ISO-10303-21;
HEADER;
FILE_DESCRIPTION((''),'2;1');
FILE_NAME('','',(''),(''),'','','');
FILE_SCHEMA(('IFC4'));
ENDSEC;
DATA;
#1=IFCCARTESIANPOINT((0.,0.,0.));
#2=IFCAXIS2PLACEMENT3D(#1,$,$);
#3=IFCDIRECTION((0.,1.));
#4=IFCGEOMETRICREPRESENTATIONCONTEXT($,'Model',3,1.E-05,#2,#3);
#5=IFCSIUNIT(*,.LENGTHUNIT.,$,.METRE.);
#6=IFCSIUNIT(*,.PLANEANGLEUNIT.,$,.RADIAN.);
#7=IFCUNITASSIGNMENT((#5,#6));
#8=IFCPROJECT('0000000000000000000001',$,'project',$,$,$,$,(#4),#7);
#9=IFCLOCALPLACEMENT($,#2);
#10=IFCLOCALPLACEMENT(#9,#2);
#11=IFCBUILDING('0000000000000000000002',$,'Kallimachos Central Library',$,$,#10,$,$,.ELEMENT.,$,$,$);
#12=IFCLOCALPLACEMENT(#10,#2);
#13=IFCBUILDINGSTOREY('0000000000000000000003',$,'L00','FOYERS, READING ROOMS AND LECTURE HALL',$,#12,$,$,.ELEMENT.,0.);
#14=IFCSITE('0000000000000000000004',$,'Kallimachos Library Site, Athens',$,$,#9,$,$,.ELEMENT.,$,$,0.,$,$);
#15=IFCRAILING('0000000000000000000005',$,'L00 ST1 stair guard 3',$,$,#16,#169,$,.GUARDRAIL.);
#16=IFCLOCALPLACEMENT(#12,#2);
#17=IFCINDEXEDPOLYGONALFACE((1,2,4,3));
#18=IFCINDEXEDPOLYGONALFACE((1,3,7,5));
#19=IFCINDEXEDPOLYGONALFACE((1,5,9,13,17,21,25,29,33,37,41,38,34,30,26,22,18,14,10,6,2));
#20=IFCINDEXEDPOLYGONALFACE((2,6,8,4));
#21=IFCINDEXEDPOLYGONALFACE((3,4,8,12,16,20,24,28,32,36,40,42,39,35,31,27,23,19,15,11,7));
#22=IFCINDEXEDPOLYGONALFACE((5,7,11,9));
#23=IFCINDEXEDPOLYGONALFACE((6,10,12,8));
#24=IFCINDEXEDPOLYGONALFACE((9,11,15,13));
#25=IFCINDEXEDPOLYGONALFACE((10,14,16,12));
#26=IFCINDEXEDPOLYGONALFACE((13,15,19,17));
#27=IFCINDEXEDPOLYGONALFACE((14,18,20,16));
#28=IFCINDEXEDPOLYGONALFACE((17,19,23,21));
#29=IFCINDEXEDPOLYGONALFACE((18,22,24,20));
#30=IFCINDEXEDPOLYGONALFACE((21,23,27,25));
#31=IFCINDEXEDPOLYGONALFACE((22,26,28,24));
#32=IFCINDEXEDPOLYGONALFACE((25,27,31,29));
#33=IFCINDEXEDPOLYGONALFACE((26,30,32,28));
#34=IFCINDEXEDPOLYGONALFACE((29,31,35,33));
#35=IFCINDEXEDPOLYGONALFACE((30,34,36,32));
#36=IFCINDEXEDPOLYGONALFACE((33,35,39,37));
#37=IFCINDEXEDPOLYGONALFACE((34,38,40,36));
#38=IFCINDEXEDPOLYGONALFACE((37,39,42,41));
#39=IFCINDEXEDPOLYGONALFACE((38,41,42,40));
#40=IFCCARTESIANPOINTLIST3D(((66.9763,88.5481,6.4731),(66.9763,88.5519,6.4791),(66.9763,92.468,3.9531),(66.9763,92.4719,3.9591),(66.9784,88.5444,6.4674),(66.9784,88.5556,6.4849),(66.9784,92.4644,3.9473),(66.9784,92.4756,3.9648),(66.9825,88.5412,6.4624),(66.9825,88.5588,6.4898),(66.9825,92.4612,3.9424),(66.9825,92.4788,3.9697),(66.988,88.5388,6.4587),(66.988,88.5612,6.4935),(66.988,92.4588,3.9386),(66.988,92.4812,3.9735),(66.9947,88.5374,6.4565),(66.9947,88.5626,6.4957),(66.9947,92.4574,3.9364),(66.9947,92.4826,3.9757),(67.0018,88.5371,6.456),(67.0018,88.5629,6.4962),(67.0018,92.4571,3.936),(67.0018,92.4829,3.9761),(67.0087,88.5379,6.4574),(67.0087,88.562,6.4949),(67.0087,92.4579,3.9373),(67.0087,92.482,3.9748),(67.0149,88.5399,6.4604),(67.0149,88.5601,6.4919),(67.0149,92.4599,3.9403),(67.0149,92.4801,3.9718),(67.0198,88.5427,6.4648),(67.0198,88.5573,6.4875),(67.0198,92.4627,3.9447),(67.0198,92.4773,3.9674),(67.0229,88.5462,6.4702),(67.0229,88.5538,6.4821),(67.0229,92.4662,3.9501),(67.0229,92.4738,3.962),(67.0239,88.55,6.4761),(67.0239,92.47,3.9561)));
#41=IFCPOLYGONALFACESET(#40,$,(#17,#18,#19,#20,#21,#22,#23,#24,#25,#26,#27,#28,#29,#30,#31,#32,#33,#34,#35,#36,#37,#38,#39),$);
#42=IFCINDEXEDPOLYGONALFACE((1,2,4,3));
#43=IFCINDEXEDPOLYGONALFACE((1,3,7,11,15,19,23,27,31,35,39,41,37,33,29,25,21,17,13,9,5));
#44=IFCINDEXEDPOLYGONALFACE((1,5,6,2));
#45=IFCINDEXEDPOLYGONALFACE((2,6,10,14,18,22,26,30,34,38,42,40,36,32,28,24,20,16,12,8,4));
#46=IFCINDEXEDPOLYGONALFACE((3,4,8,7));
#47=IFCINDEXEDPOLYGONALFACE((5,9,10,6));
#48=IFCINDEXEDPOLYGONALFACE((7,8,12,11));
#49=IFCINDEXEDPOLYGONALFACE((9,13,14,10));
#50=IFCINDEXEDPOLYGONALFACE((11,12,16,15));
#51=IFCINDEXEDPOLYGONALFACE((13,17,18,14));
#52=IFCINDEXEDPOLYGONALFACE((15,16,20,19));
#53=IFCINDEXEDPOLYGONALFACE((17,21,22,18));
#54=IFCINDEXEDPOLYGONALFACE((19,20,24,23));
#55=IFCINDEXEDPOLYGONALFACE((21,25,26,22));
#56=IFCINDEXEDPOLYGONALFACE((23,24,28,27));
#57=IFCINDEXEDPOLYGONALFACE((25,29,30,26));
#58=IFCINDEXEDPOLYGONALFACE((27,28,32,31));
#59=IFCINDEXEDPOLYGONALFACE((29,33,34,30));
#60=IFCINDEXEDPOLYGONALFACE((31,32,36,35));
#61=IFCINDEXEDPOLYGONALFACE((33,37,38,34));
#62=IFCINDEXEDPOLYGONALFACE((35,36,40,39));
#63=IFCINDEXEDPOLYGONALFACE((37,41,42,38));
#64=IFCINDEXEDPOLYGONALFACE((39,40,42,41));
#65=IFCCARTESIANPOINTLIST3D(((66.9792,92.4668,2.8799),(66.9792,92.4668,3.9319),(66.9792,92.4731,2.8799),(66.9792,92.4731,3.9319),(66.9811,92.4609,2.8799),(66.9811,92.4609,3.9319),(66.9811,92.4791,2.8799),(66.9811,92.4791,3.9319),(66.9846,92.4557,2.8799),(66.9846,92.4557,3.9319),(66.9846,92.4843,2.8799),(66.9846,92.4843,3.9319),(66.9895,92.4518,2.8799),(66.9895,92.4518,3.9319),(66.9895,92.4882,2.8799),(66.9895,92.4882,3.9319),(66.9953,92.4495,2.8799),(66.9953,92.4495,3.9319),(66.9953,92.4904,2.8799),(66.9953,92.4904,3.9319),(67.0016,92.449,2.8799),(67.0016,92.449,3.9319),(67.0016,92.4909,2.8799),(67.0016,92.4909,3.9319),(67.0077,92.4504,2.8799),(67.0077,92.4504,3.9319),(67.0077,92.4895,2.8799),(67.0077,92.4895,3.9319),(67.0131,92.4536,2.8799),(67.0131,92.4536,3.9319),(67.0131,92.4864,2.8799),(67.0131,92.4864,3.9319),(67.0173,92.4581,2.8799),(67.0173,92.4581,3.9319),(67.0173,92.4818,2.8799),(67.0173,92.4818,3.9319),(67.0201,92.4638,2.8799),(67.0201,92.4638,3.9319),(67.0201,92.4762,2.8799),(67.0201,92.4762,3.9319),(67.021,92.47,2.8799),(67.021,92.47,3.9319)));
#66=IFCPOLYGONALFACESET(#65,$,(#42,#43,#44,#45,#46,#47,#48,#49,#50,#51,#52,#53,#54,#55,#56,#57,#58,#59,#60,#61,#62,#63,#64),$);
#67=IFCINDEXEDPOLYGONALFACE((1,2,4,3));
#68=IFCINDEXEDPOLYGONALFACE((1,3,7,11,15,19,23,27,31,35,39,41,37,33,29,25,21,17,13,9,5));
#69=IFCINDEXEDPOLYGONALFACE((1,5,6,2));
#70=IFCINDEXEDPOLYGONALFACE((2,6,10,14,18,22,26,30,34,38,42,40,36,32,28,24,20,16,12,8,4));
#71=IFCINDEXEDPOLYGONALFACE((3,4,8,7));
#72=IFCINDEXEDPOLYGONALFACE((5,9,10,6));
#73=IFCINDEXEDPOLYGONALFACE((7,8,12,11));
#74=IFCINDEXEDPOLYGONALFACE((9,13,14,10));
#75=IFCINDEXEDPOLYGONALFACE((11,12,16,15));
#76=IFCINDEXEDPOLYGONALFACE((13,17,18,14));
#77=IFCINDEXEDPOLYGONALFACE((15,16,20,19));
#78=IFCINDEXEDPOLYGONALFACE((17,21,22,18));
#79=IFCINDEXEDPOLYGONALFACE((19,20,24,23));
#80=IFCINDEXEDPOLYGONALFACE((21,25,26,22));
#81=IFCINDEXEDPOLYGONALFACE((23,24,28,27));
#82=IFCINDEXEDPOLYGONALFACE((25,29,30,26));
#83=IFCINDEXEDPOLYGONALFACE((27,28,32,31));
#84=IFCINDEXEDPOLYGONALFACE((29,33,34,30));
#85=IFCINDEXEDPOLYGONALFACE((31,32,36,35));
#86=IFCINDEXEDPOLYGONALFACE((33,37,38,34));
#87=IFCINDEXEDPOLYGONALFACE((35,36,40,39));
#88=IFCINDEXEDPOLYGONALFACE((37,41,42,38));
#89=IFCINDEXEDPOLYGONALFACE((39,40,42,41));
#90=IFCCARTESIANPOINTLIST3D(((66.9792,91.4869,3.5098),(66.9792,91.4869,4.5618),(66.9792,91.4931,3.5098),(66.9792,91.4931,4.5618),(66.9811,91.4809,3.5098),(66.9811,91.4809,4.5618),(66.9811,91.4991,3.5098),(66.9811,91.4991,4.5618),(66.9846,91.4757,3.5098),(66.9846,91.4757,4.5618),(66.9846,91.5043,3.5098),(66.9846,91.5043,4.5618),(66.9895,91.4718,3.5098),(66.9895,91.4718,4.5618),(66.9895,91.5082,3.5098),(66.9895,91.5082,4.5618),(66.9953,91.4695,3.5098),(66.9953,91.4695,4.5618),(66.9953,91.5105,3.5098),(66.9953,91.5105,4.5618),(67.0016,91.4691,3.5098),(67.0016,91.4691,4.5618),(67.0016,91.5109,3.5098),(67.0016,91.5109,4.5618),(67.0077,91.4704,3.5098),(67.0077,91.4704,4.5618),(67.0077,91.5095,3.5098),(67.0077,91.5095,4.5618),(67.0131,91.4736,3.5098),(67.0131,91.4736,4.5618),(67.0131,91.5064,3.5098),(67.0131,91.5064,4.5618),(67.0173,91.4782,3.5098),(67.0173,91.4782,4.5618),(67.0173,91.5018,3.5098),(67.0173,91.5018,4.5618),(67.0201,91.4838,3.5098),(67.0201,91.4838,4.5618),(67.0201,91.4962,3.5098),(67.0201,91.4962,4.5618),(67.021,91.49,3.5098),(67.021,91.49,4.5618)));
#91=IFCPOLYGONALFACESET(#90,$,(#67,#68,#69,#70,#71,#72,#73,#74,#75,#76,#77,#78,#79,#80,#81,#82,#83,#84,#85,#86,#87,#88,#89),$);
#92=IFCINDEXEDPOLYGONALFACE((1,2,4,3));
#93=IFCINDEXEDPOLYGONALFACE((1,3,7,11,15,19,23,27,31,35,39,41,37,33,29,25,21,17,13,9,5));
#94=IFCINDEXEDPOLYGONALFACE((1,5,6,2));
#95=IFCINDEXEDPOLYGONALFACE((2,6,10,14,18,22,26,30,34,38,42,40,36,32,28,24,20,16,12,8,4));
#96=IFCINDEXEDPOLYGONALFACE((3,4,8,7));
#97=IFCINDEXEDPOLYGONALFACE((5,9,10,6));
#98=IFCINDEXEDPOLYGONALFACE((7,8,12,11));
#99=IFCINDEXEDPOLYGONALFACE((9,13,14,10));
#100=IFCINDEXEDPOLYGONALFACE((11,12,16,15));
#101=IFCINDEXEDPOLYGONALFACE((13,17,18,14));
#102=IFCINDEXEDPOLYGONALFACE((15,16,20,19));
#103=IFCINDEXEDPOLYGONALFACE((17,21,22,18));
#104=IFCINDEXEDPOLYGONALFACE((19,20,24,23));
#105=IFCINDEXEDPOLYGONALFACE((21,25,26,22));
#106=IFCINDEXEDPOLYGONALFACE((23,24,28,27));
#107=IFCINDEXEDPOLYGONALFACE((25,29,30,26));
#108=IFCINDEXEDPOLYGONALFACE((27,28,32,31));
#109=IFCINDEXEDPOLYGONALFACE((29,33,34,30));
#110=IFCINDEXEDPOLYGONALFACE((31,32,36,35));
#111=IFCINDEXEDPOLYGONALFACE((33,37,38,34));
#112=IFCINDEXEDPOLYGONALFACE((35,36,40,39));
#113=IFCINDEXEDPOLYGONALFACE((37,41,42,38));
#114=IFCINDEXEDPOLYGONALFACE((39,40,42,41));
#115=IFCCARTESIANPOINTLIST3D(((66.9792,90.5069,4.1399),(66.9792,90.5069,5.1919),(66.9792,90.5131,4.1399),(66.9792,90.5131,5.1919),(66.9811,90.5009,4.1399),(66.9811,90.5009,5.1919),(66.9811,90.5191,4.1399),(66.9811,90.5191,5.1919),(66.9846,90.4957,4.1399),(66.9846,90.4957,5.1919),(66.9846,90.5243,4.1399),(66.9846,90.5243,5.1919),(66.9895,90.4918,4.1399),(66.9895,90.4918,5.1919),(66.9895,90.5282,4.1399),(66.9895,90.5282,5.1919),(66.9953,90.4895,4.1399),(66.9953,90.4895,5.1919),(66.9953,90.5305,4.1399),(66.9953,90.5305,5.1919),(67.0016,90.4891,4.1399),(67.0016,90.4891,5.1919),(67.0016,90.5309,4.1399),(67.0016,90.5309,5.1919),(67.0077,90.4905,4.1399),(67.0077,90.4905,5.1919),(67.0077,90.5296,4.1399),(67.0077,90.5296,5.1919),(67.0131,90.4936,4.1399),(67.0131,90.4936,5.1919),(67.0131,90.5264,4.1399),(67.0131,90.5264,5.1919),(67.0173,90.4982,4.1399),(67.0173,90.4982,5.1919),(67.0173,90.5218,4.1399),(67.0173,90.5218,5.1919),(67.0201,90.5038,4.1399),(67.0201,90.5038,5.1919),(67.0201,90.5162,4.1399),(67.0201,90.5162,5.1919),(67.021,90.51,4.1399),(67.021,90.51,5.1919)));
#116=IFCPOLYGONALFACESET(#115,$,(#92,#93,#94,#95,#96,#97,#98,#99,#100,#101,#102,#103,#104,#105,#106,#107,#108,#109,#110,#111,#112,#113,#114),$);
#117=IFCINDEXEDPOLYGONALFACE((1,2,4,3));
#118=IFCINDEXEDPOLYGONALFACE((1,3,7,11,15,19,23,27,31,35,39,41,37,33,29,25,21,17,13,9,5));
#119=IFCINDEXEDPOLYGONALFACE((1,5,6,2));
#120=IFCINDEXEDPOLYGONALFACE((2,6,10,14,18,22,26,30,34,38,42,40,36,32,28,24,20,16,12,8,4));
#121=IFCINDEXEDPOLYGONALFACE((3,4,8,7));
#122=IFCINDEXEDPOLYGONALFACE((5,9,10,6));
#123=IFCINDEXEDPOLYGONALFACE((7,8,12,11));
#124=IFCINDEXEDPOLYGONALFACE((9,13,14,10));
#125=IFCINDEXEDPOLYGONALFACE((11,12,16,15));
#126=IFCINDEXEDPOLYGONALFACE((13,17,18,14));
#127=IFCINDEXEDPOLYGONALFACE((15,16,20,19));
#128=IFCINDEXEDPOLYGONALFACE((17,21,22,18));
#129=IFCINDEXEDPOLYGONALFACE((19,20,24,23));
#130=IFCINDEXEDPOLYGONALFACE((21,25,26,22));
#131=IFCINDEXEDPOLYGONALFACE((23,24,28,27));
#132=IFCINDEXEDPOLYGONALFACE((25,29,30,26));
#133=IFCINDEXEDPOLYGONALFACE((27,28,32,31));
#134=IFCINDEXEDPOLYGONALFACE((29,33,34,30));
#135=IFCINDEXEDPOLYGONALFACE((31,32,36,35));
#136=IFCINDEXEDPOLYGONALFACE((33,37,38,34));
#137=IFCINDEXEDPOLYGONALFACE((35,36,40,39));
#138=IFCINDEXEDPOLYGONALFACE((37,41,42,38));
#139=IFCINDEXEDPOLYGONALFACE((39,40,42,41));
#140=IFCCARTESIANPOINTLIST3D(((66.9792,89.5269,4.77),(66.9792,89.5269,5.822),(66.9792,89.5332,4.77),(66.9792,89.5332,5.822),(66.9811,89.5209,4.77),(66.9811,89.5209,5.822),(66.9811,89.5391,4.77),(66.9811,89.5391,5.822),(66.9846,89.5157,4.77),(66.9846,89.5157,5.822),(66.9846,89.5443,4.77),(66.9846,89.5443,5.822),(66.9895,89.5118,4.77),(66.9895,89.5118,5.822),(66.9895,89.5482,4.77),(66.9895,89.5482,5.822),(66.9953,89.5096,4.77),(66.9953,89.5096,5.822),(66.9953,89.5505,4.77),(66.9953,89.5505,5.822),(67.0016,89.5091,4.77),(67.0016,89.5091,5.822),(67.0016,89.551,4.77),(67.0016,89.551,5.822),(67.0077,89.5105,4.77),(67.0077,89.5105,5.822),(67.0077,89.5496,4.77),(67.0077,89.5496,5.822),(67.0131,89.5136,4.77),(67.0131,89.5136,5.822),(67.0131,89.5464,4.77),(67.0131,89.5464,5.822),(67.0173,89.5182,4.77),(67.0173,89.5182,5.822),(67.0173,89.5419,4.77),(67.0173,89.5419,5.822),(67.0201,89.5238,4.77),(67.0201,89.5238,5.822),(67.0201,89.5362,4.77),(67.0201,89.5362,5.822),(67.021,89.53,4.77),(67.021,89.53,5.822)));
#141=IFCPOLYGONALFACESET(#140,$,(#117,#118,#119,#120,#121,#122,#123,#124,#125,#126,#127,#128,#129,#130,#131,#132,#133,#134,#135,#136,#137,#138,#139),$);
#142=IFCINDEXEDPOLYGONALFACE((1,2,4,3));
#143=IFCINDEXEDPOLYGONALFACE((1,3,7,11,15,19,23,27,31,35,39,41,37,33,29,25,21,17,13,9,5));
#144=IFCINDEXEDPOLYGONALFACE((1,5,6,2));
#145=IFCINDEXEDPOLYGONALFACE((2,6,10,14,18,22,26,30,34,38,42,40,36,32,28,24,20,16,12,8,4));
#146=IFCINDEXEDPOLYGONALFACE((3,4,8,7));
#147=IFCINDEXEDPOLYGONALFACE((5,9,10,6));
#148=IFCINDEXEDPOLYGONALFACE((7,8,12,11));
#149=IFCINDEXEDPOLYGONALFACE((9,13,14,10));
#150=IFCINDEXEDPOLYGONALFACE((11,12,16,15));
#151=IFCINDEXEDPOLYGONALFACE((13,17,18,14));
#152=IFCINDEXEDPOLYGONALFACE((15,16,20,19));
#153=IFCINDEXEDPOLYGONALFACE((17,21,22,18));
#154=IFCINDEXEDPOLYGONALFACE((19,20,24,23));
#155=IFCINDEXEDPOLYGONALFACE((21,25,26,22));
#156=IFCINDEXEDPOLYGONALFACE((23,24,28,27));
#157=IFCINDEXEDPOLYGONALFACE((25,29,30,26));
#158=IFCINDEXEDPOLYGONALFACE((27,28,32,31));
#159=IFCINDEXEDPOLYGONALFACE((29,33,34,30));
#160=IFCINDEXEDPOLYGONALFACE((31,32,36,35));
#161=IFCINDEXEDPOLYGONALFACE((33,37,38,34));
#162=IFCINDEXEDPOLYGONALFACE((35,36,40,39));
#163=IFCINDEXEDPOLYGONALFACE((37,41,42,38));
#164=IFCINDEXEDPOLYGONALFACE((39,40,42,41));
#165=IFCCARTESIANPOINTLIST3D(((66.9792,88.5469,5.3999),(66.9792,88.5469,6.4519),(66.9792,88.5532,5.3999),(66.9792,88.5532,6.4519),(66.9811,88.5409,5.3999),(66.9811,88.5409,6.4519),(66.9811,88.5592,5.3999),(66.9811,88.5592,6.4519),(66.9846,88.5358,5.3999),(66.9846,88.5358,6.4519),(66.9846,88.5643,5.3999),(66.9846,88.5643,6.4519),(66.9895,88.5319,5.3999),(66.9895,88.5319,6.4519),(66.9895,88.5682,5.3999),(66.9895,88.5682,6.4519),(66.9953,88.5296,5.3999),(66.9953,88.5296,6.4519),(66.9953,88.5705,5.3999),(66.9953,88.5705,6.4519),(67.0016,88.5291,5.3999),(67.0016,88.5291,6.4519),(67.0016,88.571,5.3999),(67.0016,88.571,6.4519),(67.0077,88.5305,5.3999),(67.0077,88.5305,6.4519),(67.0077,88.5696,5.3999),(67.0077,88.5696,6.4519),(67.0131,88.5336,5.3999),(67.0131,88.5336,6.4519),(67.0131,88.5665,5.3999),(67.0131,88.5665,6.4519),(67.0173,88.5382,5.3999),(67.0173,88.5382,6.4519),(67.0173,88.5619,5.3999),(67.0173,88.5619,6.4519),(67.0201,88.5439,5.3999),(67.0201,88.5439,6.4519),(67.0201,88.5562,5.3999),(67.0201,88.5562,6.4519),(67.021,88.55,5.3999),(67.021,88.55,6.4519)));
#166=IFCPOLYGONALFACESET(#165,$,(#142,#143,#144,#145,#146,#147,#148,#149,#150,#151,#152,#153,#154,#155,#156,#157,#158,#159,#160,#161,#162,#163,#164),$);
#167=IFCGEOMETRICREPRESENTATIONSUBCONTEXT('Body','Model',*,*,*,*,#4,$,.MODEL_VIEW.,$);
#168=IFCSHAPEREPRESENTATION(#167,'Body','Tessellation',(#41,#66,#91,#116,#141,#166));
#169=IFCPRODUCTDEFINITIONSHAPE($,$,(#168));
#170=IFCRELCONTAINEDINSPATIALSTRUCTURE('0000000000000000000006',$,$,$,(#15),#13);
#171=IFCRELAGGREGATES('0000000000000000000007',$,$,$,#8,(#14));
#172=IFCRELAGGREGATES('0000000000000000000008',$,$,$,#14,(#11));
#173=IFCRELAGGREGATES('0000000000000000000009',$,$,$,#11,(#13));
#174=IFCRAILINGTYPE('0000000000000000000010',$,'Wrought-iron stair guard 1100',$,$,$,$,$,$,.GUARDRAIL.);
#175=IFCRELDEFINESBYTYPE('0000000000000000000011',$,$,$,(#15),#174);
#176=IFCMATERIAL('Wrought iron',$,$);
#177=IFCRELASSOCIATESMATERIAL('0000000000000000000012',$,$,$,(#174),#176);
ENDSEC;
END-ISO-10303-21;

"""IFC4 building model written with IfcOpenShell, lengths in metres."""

from ifc_helpers import new_model, si_unit, direction, frame, origin, origin_2d, place, context, subcontext, project, spatial, circle, extrude, material, type_object, element, save


model = new_model("IFC4")

# Units and contexts
model_context = context("Model", 3, precision=1e-05, world=origin(), true_north=direction((0.0, 1.0)))
body_context = subcontext(model_context, "Body", "Model", "MODEL_VIEW")
ifc_project = project(units=[si_unit("LENGTHUNIT", "METRE"), si_unit("PLANEANGLEUNIT", "RADIAN")], contexts=[model_context])

# Site, building, storey
site_placement = place(None, origin())
site = spatial("IfcSite", under=ifc_project, at=site_placement, Name="Kallimachos Library Site, Athens", CompositionType="ELEMENT", RefElevation=0.0)
building_placement = place(site_placement, origin())
building = spatial("IfcBuilding", under=site, at=building_placement, Name="Kallimachos Central Library", CompositionType="ELEMENT")
storey_placement = place(building_placement, origin())
storey = spatial("IfcBuildingStorey", under=building, at=storey_placement, Name="L00", Description="FOYERS, READING ROOMS AND LECTURE HALL", CompositionType="ELEMENT", Elevation=0.0)

# Railing
ifc_material_1 = material(Name="Wrought iron")
railing_type_1 = type_object("IfcRailingType", Name="Wrought-iron stair guard 1100", PredefinedType="GUARDRAIL", material=ifc_material_1)
railing_1_placement = place(storey_placement, frame((67.0, 92.47, 2.8799)))
element("IfcRailing", 1, at=railing_1_placement, inside=storey, type_object=railing_type_1, Name="L00 ST1 stair guard 3", PredefinedType="GUARDRAIL", context=body_context, shape_type="SweptSolid", body=[
    extrude(circle(Radius=0.0239, at=origin_2d()), frame((0.0, 0.0, 1.0762), z_axis=(0.0, -0.841172, 0.540768), x_axis=(1.0, 0.0, 0.0)), (0.0, 0.0, 1.0), 4.6602),
    extrude(circle(Radius=0.021, at=origin_2d()), origin(), (0.0, 0.0, 1.0), 1.052),
    extrude(circle(Radius=0.021, at=origin_2d()), frame((0.0, -0.98, 0.6299)), (0.0, 0.0, 1.0), 1.052),
    extrude(circle(Radius=0.021, at=origin_2d()), frame((0.0, -1.96, 1.26)), (0.0, 0.0, 1.0), 1.052),
    extrude(circle(Radius=0.021, at=origin_2d()), frame((0.0, -2.9399, 1.8901)), (0.0, 0.0, 1.0), 1.052),
    extrude(circle(Radius=0.021, at=origin_2d()), frame((0.0, -3.9199, 2.52)), (0.0, 0.0, 1.0), 1.052),
])

save(model, "model.ifc")
